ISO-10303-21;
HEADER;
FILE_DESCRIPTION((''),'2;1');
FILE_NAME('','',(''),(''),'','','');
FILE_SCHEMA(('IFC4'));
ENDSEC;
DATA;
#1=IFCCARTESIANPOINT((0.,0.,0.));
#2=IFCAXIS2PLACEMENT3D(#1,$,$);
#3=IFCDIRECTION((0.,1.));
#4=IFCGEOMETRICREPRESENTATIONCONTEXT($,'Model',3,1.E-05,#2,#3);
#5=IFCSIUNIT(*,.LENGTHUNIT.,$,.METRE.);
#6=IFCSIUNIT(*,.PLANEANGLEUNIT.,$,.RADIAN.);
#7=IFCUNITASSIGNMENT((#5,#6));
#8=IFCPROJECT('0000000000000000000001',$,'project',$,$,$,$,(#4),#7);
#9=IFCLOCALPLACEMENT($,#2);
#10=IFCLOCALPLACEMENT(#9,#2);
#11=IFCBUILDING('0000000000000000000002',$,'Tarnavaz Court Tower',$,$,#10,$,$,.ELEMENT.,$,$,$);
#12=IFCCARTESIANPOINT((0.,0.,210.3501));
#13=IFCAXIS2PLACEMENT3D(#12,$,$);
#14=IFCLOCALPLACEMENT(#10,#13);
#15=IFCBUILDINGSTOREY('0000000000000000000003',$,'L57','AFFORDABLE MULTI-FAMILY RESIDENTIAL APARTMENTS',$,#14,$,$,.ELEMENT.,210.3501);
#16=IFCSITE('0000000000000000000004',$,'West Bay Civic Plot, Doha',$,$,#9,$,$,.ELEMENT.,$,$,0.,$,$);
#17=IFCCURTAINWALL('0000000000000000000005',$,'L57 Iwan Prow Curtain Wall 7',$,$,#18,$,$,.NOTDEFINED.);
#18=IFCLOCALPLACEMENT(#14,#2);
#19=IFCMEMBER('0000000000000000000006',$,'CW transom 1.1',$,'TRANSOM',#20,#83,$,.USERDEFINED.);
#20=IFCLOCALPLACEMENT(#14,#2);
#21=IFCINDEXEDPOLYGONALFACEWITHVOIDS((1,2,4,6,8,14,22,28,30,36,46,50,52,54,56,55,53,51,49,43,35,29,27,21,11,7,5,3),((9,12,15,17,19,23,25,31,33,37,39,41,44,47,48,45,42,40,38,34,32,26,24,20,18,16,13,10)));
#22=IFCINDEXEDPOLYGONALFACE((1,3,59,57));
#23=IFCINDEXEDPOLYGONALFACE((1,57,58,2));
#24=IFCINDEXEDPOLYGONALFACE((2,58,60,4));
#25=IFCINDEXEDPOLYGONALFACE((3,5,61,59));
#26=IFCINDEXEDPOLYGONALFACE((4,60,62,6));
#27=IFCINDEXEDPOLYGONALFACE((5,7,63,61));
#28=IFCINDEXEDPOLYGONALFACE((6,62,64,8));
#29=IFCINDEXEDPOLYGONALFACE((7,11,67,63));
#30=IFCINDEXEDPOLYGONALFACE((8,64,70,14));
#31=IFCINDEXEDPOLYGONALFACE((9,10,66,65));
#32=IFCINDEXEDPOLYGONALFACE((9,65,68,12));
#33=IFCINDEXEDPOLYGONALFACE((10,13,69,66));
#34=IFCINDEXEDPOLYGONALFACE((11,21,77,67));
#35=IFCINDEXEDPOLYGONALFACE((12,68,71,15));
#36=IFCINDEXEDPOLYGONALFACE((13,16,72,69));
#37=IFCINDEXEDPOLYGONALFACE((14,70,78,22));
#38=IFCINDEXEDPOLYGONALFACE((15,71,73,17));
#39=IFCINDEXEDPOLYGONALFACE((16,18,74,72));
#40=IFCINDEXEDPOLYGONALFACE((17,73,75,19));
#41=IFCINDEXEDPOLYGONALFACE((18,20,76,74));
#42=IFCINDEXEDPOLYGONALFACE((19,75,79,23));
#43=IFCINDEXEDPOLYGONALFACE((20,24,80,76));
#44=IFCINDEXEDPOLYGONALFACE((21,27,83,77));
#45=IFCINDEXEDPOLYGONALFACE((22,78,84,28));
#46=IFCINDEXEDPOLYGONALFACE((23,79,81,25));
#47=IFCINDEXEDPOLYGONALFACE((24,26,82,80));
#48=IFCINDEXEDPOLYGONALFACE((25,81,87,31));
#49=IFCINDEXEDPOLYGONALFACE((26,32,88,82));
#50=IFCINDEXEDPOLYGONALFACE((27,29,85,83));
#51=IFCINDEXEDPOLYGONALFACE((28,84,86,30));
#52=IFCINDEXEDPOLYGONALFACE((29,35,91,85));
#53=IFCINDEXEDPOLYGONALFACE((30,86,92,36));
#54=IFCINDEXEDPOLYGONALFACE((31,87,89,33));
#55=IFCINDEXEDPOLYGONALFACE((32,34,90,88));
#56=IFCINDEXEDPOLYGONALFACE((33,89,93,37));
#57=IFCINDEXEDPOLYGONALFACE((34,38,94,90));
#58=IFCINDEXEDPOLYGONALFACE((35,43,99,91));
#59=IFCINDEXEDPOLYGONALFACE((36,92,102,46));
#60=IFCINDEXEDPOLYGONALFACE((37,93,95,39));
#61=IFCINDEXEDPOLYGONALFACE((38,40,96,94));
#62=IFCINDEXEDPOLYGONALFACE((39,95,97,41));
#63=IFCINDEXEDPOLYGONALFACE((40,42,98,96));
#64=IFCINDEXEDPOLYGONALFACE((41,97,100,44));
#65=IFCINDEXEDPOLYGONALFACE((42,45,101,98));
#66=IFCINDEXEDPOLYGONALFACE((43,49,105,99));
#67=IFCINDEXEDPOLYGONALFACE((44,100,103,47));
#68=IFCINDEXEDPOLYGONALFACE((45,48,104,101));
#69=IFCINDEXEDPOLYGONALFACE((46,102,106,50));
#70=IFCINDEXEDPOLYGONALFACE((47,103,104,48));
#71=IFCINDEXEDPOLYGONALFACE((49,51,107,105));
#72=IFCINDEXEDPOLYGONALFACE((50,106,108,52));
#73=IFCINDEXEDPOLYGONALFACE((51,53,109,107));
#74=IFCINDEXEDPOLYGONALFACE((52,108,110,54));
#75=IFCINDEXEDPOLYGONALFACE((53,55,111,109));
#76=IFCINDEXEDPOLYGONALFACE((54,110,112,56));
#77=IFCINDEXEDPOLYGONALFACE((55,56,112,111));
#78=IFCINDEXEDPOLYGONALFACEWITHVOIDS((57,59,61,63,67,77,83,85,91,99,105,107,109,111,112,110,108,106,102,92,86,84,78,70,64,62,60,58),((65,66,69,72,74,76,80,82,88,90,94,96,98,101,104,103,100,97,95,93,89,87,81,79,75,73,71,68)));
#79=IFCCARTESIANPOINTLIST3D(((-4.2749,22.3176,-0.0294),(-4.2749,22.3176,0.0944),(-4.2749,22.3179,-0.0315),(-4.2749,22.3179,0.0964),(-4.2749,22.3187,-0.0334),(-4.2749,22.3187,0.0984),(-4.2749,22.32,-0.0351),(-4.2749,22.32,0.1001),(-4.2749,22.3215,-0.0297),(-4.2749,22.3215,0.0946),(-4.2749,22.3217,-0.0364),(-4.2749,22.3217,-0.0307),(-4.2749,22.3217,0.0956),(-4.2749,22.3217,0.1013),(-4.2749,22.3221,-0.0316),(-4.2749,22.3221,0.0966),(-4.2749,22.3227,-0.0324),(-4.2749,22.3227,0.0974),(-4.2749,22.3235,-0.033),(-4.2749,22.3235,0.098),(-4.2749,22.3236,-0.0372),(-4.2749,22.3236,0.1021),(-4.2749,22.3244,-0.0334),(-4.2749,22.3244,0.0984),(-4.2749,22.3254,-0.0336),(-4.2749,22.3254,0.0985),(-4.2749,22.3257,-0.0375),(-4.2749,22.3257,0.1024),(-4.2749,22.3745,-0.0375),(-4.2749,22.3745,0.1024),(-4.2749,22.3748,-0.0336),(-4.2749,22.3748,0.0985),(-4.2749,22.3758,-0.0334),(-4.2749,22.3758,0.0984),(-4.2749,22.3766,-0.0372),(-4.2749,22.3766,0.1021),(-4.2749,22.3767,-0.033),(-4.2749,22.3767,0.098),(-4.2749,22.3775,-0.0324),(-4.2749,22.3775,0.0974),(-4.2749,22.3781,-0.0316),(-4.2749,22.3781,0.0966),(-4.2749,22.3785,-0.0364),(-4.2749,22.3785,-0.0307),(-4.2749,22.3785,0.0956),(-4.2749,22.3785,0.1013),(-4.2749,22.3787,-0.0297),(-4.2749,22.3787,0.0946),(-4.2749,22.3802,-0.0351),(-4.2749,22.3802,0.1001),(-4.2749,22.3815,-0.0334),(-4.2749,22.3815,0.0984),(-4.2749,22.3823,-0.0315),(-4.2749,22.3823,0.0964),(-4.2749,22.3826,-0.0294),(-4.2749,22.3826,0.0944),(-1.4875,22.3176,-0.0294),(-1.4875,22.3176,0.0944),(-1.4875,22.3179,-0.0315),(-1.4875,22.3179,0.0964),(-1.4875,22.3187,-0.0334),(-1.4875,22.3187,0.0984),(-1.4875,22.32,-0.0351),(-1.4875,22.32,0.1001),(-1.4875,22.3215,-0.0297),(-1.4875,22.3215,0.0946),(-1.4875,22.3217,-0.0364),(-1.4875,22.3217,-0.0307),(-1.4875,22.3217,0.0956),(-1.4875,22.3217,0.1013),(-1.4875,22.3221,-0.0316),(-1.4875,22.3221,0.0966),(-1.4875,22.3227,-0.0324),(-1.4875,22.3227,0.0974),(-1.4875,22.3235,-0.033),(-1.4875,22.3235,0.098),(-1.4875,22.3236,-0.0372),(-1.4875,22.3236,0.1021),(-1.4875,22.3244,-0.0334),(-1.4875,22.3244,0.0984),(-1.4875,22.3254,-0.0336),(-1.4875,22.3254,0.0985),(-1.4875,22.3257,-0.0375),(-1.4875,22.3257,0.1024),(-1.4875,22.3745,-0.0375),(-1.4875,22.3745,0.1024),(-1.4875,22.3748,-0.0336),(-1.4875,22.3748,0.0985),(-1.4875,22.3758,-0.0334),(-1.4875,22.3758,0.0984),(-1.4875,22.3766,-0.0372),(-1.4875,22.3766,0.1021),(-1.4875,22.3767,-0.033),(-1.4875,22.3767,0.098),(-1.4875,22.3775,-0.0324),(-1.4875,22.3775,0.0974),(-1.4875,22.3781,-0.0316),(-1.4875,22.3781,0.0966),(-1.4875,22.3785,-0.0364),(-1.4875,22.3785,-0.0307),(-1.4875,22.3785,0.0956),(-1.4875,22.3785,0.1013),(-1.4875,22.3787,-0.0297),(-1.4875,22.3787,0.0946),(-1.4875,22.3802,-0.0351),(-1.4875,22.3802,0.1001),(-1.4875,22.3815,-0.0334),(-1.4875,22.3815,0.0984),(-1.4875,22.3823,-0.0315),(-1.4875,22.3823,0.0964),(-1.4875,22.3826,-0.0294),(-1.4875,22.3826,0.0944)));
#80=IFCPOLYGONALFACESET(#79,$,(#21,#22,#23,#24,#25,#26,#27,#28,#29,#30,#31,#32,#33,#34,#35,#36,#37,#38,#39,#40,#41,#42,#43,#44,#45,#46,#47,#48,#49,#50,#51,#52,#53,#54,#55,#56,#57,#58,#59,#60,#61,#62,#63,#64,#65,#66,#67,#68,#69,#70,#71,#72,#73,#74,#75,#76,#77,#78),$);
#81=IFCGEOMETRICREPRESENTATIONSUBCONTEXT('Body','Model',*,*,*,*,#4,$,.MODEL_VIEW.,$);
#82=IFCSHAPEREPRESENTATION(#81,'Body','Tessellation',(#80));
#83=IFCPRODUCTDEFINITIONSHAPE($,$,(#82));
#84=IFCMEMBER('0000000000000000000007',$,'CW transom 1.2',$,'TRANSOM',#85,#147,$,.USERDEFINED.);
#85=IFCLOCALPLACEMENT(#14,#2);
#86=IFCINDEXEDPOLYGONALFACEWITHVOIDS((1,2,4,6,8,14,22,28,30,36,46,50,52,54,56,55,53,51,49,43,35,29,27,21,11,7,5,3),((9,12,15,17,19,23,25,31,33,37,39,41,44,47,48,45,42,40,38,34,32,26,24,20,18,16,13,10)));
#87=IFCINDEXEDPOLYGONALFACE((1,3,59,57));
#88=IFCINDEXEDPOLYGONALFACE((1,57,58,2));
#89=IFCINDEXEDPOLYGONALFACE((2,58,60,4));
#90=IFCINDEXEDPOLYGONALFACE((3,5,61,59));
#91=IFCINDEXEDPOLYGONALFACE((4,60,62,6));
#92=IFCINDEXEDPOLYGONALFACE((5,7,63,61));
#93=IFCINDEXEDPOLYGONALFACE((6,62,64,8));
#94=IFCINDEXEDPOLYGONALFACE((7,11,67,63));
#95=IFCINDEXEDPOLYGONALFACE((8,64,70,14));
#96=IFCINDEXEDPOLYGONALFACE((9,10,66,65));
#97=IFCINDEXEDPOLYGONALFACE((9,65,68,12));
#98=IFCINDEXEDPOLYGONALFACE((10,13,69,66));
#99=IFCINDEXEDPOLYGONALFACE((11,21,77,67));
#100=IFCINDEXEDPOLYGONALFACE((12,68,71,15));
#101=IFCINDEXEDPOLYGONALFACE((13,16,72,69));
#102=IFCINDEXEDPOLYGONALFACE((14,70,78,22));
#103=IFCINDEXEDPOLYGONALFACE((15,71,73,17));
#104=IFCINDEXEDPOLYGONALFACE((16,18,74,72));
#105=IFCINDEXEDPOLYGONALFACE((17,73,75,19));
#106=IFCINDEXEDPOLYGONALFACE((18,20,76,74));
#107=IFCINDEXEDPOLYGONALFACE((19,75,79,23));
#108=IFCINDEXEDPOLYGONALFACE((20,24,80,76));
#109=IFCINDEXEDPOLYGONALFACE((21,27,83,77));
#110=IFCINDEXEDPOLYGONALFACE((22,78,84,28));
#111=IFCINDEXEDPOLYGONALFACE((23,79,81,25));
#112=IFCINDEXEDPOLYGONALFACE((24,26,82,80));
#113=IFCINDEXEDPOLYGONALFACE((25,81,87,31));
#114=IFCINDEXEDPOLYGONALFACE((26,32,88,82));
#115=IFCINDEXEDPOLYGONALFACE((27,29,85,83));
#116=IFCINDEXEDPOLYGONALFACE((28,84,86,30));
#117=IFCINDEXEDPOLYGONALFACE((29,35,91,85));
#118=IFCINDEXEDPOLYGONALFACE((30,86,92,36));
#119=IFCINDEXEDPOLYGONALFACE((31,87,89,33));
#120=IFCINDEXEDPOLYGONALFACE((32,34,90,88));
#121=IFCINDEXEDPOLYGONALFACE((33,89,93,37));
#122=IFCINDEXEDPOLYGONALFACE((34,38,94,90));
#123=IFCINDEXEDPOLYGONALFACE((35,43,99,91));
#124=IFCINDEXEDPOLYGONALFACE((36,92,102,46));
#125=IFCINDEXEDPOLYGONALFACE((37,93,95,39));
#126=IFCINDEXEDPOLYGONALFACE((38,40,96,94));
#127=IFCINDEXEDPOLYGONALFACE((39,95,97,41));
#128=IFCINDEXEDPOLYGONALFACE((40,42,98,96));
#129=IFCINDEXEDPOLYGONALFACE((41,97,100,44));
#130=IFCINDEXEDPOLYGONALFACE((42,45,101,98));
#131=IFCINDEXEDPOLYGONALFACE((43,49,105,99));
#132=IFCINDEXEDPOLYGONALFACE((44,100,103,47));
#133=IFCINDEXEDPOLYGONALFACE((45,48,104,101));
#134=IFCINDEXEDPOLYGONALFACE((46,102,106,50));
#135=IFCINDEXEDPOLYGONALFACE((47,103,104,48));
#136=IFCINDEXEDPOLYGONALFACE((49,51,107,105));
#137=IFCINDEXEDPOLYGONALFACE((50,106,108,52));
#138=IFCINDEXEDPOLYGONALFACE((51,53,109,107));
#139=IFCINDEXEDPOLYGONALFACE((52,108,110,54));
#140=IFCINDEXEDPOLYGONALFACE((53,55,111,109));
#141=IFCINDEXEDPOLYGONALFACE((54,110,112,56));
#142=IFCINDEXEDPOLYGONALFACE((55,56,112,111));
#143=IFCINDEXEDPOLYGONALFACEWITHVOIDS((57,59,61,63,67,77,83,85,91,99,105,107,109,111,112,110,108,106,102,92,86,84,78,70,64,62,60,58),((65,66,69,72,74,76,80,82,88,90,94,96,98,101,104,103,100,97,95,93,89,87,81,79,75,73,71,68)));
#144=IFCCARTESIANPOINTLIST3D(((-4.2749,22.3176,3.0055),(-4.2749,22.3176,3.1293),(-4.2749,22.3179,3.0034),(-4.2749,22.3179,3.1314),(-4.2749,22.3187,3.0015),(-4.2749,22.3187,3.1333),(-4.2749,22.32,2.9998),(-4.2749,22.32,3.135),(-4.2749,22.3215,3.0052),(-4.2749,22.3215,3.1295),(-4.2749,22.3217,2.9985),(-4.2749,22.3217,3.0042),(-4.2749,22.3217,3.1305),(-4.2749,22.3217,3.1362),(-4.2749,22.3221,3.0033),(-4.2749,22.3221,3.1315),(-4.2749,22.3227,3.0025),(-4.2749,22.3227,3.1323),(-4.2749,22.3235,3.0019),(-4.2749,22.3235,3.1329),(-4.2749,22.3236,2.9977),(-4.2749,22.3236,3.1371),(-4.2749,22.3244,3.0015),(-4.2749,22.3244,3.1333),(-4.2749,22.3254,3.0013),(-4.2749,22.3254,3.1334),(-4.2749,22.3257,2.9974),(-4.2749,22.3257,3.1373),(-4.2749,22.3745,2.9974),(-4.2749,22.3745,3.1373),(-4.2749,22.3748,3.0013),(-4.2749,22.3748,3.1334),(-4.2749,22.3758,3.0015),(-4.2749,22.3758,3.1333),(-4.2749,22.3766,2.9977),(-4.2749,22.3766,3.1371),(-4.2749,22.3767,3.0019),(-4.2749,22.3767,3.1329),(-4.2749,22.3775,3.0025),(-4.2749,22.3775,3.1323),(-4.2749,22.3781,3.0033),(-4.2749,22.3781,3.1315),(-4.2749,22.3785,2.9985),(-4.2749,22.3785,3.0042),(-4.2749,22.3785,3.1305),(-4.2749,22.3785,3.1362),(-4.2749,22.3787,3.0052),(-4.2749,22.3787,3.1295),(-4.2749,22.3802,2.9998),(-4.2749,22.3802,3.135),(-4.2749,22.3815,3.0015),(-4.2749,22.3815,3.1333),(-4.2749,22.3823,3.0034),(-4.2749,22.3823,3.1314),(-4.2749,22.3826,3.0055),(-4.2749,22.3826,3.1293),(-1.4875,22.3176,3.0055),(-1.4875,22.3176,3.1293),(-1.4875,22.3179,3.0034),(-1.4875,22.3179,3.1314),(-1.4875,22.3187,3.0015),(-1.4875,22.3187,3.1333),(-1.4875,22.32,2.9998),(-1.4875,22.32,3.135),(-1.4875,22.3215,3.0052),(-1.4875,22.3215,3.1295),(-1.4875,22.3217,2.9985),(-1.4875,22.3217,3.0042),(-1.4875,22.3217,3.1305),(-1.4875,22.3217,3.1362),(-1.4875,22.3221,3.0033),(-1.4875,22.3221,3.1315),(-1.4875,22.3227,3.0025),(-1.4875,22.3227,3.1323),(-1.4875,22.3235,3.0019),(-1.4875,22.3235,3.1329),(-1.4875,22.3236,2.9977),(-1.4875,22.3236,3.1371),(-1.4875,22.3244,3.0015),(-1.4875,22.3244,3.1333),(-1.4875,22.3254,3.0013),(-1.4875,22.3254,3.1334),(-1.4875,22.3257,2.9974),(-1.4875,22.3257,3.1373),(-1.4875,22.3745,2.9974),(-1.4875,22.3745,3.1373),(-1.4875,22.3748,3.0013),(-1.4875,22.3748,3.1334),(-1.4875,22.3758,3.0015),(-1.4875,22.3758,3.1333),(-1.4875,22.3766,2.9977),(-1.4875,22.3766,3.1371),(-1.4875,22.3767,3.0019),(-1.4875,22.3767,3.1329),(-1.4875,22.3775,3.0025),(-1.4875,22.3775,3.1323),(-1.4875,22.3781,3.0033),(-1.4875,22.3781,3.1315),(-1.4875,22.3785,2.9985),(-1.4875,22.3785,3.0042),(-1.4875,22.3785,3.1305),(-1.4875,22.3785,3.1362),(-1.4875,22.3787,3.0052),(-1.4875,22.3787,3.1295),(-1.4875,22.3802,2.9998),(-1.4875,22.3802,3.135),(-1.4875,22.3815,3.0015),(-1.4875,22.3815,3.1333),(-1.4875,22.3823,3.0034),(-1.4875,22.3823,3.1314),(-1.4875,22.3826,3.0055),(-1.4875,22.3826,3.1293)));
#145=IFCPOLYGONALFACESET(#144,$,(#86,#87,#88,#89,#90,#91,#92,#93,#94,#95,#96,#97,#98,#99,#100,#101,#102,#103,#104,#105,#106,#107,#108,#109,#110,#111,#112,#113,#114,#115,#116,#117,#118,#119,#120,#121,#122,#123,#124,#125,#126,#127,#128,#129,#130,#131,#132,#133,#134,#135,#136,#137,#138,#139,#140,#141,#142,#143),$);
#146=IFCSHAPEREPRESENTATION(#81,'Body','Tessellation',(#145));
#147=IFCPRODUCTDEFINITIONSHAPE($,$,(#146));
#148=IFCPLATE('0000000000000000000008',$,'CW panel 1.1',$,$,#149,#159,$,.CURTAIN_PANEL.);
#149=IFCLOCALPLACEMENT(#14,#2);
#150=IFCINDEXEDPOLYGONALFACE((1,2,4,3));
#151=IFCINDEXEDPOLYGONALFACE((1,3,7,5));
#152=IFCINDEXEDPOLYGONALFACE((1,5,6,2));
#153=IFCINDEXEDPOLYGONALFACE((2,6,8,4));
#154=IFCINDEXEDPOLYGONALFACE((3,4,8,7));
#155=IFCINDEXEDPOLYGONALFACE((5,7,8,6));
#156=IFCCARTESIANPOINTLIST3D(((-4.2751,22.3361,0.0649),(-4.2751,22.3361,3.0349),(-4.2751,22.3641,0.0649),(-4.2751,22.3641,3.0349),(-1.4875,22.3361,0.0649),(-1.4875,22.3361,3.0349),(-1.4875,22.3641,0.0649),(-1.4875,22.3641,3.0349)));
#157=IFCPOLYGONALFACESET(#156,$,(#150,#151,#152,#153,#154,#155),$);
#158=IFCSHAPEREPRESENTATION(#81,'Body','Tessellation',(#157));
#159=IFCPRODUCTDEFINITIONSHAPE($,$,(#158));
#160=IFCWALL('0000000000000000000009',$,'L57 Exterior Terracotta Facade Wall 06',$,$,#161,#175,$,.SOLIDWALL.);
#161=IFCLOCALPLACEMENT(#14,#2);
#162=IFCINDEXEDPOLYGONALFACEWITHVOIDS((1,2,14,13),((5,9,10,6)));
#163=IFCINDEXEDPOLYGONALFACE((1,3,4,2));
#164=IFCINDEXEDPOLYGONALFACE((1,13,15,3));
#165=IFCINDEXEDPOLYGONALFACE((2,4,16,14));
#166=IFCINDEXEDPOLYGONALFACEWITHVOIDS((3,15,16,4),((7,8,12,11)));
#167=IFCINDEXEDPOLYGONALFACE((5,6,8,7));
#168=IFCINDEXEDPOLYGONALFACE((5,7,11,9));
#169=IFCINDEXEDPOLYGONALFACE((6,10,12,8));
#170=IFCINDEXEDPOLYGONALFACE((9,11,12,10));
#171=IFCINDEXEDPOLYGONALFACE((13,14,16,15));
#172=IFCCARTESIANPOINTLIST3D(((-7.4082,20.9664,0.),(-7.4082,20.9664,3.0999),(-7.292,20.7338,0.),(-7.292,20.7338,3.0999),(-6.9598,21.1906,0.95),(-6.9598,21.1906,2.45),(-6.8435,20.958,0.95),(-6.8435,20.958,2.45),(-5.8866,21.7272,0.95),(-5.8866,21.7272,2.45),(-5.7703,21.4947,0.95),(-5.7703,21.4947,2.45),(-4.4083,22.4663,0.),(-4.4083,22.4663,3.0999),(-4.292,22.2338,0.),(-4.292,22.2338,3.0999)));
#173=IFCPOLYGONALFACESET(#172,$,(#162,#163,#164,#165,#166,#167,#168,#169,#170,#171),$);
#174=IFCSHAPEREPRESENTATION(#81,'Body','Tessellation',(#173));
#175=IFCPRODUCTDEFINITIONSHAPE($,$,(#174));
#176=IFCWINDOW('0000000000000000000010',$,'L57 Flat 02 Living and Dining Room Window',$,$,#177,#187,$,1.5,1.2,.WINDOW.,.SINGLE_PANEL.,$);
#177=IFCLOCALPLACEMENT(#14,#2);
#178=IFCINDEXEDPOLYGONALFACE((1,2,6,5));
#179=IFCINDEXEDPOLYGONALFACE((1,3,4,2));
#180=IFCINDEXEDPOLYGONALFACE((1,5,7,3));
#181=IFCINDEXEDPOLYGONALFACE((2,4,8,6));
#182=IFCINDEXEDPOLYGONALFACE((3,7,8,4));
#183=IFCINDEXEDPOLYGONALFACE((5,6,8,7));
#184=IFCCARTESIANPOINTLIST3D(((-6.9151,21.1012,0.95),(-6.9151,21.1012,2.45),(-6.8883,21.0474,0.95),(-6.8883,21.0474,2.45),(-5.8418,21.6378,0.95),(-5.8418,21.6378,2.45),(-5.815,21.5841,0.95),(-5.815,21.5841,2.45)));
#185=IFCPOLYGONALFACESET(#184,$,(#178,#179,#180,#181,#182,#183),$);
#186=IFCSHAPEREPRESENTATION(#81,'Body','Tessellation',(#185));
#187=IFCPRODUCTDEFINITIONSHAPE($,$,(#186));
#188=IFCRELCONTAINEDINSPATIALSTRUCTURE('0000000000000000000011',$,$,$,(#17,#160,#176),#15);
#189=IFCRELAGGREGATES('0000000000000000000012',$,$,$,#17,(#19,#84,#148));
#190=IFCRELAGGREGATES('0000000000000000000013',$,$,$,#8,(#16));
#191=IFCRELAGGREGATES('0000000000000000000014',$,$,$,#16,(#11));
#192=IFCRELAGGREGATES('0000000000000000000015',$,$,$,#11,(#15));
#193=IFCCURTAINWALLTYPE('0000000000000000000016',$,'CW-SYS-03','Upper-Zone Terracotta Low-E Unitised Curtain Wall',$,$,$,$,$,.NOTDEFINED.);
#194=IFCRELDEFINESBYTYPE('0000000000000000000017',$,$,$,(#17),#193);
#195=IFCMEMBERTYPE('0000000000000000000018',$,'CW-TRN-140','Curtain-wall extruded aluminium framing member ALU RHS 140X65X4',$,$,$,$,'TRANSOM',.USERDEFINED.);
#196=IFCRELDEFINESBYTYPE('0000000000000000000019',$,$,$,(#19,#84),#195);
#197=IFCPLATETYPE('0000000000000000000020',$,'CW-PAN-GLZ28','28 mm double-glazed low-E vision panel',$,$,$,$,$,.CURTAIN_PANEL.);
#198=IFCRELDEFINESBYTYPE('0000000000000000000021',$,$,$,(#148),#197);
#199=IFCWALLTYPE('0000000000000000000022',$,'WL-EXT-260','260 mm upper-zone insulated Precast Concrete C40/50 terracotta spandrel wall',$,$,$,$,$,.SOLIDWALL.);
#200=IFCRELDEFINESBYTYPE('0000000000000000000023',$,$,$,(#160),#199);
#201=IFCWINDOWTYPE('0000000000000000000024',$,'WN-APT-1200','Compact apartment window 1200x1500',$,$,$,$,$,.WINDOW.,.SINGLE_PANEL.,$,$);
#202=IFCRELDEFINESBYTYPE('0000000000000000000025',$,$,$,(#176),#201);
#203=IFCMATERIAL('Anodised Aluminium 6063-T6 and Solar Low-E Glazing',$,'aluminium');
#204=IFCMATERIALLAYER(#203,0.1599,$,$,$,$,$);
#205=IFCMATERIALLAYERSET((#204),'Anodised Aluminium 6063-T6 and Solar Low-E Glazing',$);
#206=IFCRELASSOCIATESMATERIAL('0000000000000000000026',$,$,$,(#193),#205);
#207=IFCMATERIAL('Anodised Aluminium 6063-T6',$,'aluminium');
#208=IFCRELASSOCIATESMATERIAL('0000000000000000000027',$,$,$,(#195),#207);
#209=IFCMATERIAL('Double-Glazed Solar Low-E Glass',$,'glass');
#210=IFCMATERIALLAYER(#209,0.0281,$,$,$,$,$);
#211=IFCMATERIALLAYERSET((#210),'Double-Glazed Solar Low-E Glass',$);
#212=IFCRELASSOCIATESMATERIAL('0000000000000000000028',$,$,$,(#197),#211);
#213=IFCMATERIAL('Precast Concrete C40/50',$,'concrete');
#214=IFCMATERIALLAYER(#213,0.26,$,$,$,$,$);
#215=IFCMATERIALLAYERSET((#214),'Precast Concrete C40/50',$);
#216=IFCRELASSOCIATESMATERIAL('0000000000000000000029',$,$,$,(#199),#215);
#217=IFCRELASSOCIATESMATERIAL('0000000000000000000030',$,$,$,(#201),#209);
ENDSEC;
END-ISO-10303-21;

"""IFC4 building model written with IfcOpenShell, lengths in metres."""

from ifc_helpers import new_model, si_unit, direction, frame, frame_2d, origin, origin_2d, place, context, subcontext, project, spatial, rectangle, hollow_rectangle, extrude, material, layer, layer_set, material_profile, profile_set, type_object, element, fill, aggregate, save


model = new_model("IFC4")

# Units and contexts
model_context = context("Model", 3, precision=1e-05, world=origin(), true_north=direction((0.0, 1.0)))
body_context = subcontext(model_context, "Body", "Model", "MODEL_VIEW")
ifc_project = project(units=[si_unit("LENGTHUNIT", "METRE"), si_unit("PLANEANGLEUNIT", "RADIAN")], contexts=[model_context])

# Site, building, storey
site_placement = place(None, origin())
site = spatial("IfcSite", under=ifc_project, at=site_placement, Name="West Bay Civic Plot, Doha", CompositionType="ELEMENT", RefElevation=0.0)
building_placement = place(site_placement, origin())
building = spatial("IfcBuilding", under=site, at=building_placement, Name="Tarnavaz Court Tower", CompositionType="ELEMENT")
storey_placement = place(building_placement, frame((0.0, 0.0, 210.3501)))
storey = spatial("IfcBuildingStorey", under=building, at=storey_placement, Name="L57", Description="AFFORDABLE MULTI-FAMILY RESIDENTIAL APARTMENTS", CompositionType="ELEMENT", Elevation=210.3501)

# Curtain wall, members, plate
ifc_material_1 = material(Name="Anodised Aluminium 6063-T6 and Solar Low-E Glazing", Category="aluminium")
ifc_layer_1 = layer(ifc_material_1, 0.1599)
ifc_layer_set_1 = layer_set([ifc_layer_1], Name="Anodised Aluminium 6063-T6 and Solar Low-E Glazing")
curtain_wall_type = type_object("IfcCurtainWallType", Name="CW-SYS-03", Description="Upper-Zone Terracotta Low-E Unitised Curtain Wall", PredefinedType="NOTDEFINED", material=ifc_layer_set_1)
curtain_wall_placement = place(storey_placement, origin())
curtain_wall = element("IfcCurtainWall", 1, at=curtain_wall_placement, inside=storey, type_object=curtain_wall_type, Name="L57 Iwan Prow Curtain Wall 7", PredefinedType="NOTDEFINED")
ifc_material_2 = material(Name="Anodised Aluminium 6063-T6", Category="aluminium")
ifc_material_profile_1 = material_profile(ifc_material_2, hollow_rectangle(XDim=0.0649, YDim=0.1399, WallThickness=0.0039, InnerFilletRadius=0.0039, OuterFilletRadius=0.0081, at=origin_2d()), Name="ALU RHS 140X65X4")
ifc_profile_set_1 = profile_set([ifc_material_profile_1], Name="Anodised Aluminium 6063-T6")
member_type_1 = type_object("IfcMemberType", Name="CW-TRN-140", Description="Curtain-wall extruded aluminium framing member ALU RHS 140X65X4", ElementType="TRANSOM", PredefinedType="USERDEFINED", material=ifc_profile_set_1)
member_1_placement = place(storey_placement, frame((-4.2749, 22.3501, 0.0325), z_axis=(1.0, 0.0, 0.0), x_axis=(0.0, 1.0, 0.0)))
member_1 = element("IfcMember", 2, at=member_1_placement, type_object=member_type_1, Name="CW transom 1.1", ObjectType="TRANSOM", PredefinedType="USERDEFINED", context=body_context, shape_type="SweptSolid", body=[
    extrude(hollow_rectangle(XDim=0.0649, YDim=0.1399, WallThickness=0.0039, InnerFilletRadius=0.0039, OuterFilletRadius=0.0081, at=origin_2d()), origin(), (0.0, 0.0, 1.0), 2.7874),
])
member_2_placement = place(storey_placement, frame((-4.2749, 22.3501, 3.0674), z_axis=(1.0, 0.0, 0.0), x_axis=(0.0, 1.0, 0.0)))
member_2 = element("IfcMember", 3, at=member_2_placement, type_object=member_type_1, Name="CW transom 1.2", ObjectType="TRANSOM", PredefinedType="USERDEFINED", context=body_context, shape_type="SweptSolid", body=[
    extrude(hollow_rectangle(XDim=0.0649, YDim=0.1399, WallThickness=0.0039, InnerFilletRadius=0.0039, OuterFilletRadius=0.0081, at=origin_2d()), origin(), (0.0, 0.0, 1.0), 2.7874),
])
ifc_material_3 = material(Name="Double-Glazed Solar Low-E Glass", Category="glass")
ifc_layer_2 = layer(ifc_material_3, 0.0281)
ifc_layer_set_2 = layer_set([ifc_layer_2], Name="Double-Glazed Solar Low-E Glass")
plate_type = type_object("IfcPlateType", Name="CW-PAN-GLZ28", Description="28 mm double-glazed low-E vision panel", PredefinedType="CURTAIN_PANEL", material=ifc_layer_set_2)
plate_placement = place(storey_placement, frame((-2.8813, 22.3501, 0.0649), z_axis=(0.0, 0.0, 1.0), x_axis=(1.0, 0.0, 0.0)))
plate = element("IfcPlate", 4, at=plate_placement, type_object=plate_type, Name="CW panel 1.1", PredefinedType="CURTAIN_PANEL", context=body_context, shape_type="SweptSolid", body=[
    extrude(rectangle(XDim=2.7876, YDim=0.0281, at=origin_2d()), origin(), (0.0, 0.0, 1.0), 2.97),
])
aggregate(curtain_wall, [member_1, member_2, plate])

# Wall, opening, window
ifc_material_4 = material(Name="Precast Concrete C40/50", Category="concrete")
ifc_layer_3 = layer(ifc_material_4, 0.26)
ifc_layer_set_3 = layer_set([ifc_layer_3], Name="Precast Concrete C40/50")
wall_type_1 = type_object("IfcWallType", Name="WL-EXT-260", Description="260 mm upper-zone insulated Precast Concrete C40/50 terracotta spandrel wall", PredefinedType="SOLIDWALL", material=ifc_layer_set_3)
wall_1_placement = place(storey_placement, frame((-7.3501, 20.8501, 0.0), z_axis=(0.0, 0.0, 1.0), x_axis=(0.894427, 0.447214, 0.0)))
wall_1 = element("IfcWall", 5, at=wall_1_placement, inside=storey, type_object=wall_type_1, Name="L57 Exterior Terracotta Facade Wall 06", PredefinedType="SOLIDWALL", context=body_context, shape_type="SweptSolid", body=[
    extrude(rectangle(XDim=3.354, YDim=0.26, at=frame_2d((1.677, 0.0))), origin(), (0.0, 0.0, 1.0), 3.0999),
])
opening_1_placement = place(wall_1_placement, frame((0.5012, 0.0, 0.95)))
opening_1 = element("IfcOpeningElement", 6, at=opening_1_placement, cuts=wall_1, PredefinedType="OPENING", context=body_context, shape_type="SweptSolid", body=[
    extrude(rectangle(XDim=1.2, YDim=1.5, at=frame_2d((0.6001, 0.75))), frame((0.0, 0.1399, 0.0), z_axis=(0.0, -1.0, 0.0), x_axis=(1.0, 0.0, 0.0)), (0.0, 0.0, 1.0), 0.28),
])
window_type = type_object("IfcWindowType", Name="WN-APT-1200", Description="Compact apartment window 1200x1500", PartitioningType="SINGLE_PANEL", PredefinedType="WINDOW", material=ifc_material_3)
window_placement = place(opening_1_placement, origin())
window = element("IfcWindow", 7, at=window_placement, inside=storey, type_object=window_type, Name="L57 Flat 02 Living and Dining Room Window", OverallHeight=1.5, OverallWidth=1.2, PartitioningType="SINGLE_PANEL", PredefinedType="WINDOW", context=body_context, shape_type="SweptSolid", body=[
    extrude(rectangle(XDim=1.2, YDim=1.5, at=frame_2d((0.6001, 0.75))), frame((0.0, 0.03, 0.0), z_axis=(0.0, -1.0, 0.0), x_axis=(1.0, 0.0, 0.0)), (0.0, 0.0, 1.0), 0.0601),
])
fill(opening_1, window)

save(model, "model.ifc")
